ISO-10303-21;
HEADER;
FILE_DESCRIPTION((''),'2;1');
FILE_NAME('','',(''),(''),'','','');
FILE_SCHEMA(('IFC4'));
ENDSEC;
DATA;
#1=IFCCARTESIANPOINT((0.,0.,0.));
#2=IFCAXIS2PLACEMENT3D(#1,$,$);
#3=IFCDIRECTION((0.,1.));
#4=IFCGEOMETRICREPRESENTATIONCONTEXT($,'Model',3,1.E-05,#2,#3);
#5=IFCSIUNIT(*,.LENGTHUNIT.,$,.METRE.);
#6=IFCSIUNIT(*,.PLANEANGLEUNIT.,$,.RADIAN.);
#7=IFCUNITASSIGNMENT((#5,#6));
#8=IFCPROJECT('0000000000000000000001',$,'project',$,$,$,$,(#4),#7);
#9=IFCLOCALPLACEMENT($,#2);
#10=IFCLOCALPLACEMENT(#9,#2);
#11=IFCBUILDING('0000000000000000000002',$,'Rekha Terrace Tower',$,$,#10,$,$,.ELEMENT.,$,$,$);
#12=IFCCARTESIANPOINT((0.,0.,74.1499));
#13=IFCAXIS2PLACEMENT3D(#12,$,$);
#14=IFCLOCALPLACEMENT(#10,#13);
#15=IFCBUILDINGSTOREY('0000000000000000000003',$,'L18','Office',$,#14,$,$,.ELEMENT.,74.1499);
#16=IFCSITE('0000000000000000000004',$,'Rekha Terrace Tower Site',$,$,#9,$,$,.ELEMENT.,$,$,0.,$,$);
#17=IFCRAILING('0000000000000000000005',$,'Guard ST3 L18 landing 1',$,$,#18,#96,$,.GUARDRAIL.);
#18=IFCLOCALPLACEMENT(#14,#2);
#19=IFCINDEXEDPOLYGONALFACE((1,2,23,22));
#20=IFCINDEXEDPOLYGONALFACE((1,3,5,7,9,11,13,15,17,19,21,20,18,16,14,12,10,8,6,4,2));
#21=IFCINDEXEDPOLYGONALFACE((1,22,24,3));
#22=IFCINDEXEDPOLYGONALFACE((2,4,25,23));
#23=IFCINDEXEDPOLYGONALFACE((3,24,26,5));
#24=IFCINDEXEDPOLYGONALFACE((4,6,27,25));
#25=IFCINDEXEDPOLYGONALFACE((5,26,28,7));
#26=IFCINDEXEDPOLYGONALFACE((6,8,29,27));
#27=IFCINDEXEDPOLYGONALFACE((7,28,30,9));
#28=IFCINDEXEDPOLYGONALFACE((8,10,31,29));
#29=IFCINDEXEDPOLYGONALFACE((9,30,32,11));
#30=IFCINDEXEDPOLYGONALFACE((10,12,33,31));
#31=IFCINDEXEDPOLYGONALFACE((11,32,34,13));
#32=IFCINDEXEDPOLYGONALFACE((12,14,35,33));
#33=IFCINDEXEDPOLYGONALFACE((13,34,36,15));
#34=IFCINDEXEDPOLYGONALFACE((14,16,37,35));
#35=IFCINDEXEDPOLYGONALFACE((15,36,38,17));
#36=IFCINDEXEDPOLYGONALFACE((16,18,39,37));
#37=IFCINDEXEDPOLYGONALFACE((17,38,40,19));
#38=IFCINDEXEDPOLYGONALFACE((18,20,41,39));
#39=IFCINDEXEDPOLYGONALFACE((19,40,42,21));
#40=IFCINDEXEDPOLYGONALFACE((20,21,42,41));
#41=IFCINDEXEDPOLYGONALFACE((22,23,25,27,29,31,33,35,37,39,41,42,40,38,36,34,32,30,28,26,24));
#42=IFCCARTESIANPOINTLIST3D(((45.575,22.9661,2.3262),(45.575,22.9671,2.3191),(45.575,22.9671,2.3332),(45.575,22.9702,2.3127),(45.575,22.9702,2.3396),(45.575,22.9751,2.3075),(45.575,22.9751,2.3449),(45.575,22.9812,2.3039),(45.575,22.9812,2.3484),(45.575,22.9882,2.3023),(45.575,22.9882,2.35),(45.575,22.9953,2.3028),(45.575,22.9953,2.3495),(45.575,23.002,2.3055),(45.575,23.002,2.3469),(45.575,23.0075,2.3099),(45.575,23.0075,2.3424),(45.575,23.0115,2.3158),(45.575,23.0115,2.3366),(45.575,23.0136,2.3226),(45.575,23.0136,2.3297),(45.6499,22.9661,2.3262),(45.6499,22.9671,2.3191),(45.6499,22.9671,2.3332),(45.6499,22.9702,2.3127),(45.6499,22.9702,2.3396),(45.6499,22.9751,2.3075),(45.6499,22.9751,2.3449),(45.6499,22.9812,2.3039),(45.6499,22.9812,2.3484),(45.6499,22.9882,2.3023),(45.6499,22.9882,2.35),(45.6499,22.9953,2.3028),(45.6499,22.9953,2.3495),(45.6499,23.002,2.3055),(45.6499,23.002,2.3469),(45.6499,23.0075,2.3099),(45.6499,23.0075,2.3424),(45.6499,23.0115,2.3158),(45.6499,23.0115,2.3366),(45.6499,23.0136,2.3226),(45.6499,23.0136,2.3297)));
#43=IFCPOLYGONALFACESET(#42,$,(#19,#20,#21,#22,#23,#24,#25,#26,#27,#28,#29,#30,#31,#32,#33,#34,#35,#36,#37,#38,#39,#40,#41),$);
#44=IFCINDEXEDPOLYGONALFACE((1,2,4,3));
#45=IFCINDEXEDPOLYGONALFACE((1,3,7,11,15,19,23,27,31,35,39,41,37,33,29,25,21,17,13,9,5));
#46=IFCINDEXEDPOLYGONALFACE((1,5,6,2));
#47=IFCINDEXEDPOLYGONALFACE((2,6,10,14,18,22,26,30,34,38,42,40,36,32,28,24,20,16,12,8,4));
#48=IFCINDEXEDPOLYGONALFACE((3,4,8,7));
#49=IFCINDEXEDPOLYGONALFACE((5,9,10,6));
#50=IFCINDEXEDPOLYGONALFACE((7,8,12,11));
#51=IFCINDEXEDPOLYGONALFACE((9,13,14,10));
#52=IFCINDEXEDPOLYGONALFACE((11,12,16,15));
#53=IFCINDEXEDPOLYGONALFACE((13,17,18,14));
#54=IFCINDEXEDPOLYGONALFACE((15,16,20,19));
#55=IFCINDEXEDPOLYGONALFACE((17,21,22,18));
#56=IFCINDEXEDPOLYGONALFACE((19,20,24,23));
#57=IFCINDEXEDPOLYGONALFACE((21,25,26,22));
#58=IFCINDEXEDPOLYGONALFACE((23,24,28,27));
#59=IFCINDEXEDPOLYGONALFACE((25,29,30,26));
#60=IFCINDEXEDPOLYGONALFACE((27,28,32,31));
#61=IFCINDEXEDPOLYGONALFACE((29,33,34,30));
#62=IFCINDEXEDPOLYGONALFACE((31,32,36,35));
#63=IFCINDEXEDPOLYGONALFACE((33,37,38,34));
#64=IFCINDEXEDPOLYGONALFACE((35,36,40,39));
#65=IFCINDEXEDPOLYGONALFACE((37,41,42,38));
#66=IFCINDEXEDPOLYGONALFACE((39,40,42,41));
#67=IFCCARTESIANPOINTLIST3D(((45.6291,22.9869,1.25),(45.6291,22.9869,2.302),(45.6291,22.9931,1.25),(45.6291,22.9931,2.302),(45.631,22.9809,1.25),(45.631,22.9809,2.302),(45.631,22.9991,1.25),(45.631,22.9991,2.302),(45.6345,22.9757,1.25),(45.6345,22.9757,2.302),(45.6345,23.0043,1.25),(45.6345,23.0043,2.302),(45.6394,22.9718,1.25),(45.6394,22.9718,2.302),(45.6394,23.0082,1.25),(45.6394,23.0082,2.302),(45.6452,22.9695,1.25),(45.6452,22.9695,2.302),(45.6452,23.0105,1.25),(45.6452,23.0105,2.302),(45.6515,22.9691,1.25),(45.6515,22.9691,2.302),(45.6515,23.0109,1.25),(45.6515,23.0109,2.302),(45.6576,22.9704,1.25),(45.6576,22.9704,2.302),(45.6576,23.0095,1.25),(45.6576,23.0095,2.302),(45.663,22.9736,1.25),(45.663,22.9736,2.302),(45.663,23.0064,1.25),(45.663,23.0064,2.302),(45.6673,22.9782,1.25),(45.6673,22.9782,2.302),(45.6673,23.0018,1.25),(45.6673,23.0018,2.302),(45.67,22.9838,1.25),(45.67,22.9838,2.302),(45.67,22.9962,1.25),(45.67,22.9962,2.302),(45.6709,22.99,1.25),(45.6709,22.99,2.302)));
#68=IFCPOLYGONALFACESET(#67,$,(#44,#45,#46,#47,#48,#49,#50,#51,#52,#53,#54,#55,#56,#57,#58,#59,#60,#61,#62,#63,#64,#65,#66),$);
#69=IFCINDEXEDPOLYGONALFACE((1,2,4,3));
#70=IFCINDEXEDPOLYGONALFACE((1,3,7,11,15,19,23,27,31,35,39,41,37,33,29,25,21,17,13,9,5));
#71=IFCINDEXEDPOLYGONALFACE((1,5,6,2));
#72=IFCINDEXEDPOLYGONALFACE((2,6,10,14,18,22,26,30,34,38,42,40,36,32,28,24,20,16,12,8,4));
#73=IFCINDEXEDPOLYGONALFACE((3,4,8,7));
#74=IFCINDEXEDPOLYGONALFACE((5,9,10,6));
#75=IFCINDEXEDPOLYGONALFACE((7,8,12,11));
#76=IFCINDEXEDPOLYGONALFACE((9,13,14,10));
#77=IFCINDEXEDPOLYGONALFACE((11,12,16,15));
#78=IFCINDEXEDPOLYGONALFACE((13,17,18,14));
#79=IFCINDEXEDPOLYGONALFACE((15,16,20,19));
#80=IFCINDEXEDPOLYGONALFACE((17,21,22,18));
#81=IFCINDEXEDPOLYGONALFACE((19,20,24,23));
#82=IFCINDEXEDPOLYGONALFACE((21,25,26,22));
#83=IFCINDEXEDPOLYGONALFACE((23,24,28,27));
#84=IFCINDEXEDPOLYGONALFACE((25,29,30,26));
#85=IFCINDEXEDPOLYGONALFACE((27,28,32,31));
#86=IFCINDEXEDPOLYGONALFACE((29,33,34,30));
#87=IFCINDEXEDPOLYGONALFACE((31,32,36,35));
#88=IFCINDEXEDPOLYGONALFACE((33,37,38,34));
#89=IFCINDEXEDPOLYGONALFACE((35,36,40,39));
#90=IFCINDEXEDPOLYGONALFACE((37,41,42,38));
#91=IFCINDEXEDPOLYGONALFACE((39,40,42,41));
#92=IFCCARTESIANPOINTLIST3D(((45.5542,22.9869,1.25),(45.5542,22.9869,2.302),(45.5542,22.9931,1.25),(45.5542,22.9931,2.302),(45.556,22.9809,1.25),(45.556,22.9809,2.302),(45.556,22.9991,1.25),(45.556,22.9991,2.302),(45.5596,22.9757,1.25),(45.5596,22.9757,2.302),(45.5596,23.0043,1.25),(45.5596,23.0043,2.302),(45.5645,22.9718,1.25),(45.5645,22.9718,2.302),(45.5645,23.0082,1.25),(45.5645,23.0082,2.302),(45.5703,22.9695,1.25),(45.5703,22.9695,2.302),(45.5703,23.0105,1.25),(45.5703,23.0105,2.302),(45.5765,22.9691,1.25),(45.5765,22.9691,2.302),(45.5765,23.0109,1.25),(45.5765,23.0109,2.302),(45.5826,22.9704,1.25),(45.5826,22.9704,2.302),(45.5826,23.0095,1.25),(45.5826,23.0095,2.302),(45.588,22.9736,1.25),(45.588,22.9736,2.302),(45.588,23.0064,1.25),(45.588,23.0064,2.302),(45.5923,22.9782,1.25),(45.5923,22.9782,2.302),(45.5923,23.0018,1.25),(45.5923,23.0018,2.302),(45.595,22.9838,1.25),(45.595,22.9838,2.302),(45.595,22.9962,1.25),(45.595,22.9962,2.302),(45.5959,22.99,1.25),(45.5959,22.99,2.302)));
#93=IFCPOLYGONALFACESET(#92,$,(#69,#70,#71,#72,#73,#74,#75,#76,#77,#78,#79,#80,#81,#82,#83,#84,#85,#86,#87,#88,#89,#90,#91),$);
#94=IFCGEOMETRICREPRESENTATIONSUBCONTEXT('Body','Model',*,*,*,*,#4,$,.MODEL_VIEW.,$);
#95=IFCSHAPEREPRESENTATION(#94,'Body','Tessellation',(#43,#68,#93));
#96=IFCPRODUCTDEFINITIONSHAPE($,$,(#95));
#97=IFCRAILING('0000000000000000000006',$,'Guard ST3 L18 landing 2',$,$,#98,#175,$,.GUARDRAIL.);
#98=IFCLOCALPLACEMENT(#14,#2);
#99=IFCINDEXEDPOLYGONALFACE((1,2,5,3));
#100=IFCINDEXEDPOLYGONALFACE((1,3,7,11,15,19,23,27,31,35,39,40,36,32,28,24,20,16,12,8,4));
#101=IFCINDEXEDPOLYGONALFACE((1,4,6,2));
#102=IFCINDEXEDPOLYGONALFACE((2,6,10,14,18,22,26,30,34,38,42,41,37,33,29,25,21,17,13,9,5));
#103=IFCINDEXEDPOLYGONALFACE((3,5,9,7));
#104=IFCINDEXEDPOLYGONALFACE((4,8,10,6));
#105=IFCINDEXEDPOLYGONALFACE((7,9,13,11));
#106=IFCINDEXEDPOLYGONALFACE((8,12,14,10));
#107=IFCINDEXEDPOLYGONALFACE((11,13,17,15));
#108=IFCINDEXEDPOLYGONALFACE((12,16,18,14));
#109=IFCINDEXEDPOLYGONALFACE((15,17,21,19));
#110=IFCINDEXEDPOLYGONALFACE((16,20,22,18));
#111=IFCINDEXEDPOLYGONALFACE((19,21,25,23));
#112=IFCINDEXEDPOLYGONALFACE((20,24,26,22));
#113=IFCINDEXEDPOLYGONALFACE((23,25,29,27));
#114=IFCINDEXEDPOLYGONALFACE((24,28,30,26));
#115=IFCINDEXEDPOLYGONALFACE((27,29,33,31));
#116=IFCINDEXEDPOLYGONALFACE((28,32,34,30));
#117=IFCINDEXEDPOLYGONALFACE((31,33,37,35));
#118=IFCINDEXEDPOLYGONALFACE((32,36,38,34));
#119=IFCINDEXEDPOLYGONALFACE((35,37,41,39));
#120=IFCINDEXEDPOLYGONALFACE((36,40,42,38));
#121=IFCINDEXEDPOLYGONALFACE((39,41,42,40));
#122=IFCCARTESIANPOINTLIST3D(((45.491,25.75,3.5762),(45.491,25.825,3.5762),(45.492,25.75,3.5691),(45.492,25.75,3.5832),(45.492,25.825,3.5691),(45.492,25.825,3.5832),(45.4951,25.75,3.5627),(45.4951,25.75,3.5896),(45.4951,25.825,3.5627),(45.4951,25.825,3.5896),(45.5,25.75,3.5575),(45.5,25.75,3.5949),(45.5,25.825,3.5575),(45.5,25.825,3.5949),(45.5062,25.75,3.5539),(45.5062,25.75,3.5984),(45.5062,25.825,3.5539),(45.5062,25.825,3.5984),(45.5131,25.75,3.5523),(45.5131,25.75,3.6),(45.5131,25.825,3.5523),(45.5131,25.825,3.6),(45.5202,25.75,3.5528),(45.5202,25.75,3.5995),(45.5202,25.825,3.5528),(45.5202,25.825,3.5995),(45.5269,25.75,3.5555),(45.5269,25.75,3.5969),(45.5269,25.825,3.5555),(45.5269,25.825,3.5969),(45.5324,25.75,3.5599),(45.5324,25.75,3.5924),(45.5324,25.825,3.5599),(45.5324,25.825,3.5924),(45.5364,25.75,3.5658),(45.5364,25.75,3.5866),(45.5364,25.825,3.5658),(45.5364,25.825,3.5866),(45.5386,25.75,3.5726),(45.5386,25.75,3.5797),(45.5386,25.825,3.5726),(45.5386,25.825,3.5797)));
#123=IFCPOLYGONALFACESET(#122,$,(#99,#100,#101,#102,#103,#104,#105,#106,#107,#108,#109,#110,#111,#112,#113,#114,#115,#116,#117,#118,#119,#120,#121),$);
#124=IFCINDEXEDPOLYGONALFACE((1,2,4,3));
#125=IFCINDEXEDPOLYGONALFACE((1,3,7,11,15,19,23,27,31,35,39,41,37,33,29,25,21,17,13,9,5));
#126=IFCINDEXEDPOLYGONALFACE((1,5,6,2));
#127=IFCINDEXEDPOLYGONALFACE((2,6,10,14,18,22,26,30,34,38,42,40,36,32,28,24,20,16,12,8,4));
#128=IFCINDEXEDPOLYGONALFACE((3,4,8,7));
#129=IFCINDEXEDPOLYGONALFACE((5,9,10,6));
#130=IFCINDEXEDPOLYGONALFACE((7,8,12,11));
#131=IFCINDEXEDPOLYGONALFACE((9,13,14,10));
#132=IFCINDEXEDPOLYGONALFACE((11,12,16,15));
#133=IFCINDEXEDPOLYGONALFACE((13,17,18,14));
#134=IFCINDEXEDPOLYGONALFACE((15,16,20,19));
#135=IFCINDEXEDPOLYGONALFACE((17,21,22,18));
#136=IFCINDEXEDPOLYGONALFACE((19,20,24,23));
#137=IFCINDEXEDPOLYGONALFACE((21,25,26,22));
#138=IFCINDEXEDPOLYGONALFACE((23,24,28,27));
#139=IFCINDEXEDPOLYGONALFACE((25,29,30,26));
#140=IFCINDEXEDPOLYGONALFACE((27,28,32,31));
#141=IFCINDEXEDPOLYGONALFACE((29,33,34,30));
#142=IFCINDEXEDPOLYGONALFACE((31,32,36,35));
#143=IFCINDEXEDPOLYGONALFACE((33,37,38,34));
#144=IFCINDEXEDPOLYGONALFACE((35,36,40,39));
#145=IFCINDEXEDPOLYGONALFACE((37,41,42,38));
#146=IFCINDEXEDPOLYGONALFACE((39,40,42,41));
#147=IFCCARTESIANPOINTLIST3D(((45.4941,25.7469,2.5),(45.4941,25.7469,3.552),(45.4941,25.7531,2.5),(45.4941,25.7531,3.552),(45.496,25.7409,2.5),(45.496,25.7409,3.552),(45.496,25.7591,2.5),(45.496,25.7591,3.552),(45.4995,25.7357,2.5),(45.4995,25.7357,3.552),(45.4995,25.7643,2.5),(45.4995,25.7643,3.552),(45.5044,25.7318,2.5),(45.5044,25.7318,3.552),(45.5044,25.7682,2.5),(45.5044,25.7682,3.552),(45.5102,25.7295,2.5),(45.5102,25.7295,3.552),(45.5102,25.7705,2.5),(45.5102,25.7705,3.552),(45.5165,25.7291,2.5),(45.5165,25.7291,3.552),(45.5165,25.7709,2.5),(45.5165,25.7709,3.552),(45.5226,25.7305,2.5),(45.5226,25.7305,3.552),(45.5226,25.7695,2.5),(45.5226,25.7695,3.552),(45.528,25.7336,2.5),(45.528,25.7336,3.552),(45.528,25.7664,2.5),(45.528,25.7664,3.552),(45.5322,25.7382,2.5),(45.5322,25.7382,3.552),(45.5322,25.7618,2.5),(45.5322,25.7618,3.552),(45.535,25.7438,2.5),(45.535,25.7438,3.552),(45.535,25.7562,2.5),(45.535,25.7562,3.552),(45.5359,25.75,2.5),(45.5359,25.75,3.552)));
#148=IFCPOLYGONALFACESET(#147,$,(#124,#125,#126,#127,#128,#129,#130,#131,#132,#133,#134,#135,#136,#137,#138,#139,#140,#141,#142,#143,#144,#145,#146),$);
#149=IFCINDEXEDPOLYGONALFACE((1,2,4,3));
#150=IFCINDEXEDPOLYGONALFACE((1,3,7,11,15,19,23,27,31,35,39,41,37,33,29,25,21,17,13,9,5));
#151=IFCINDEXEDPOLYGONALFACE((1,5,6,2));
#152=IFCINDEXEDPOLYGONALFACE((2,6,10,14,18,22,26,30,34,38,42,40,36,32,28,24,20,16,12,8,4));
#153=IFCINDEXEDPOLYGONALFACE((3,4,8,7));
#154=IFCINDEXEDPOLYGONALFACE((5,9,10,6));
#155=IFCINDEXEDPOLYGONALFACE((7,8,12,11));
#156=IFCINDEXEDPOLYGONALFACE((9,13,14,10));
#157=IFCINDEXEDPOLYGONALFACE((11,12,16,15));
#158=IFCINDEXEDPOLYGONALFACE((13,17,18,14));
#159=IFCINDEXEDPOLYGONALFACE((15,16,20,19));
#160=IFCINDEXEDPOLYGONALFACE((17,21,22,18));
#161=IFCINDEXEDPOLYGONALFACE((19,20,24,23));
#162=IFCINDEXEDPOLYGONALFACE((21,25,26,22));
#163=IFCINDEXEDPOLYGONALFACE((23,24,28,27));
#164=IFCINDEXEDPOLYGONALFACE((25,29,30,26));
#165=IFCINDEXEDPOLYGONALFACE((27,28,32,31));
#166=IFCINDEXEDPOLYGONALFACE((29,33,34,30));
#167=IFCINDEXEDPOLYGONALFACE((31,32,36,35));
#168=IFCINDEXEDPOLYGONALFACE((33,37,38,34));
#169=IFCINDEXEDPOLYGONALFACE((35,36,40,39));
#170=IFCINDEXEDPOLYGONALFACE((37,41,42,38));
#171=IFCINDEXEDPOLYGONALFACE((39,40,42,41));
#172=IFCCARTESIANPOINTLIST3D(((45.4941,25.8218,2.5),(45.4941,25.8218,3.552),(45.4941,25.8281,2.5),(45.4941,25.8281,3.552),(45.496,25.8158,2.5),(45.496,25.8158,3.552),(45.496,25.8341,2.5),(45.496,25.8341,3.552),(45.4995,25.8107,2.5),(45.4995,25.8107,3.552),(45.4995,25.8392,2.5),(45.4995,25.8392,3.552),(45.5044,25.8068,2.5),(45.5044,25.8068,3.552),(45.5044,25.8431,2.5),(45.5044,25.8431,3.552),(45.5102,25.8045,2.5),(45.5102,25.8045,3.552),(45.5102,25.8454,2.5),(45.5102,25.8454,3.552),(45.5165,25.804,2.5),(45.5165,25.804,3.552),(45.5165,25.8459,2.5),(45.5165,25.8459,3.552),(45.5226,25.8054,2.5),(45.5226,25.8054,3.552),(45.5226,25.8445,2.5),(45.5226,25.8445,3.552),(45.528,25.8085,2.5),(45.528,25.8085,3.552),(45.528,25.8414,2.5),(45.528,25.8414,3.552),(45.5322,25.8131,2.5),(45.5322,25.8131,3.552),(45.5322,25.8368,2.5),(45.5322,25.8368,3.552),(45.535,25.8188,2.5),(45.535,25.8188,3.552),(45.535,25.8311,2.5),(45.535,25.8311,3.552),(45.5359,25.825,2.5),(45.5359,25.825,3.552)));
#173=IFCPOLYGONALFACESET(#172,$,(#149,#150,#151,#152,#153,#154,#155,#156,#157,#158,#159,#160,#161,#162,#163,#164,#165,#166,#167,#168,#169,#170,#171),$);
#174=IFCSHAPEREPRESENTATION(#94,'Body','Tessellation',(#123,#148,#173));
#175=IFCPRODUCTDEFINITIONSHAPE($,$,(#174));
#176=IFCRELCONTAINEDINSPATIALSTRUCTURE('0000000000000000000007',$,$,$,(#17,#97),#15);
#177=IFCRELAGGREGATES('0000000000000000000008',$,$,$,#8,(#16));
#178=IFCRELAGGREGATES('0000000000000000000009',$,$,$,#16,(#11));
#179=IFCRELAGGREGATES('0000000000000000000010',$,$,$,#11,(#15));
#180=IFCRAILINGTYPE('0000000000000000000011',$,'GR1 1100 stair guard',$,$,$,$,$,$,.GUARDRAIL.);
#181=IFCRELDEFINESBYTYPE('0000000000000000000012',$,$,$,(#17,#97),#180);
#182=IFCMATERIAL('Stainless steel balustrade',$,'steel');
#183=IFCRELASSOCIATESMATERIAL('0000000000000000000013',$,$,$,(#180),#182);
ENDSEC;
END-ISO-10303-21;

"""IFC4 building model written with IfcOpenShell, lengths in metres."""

from ifc_helpers import new_model, si_unit, direction, frame, origin, origin_2d, place, context, subcontext, project, spatial, circle, extrude, material, type_object, element, save


model = new_model("IFC4")

# Units and contexts
model_context = context("Model", 3, precision=1e-05, world=origin(), true_north=direction((0.0, 1.0)))
body_context = subcontext(model_context, "Body", "Model", "MODEL_VIEW")
ifc_project = project(units=[si_unit("LENGTHUNIT", "METRE"), si_unit("PLANEANGLEUNIT", "RADIAN")], contexts=[model_context])

# Site, building, storey
site_placement = place(None, origin())
site = spatial("IfcSite", under=ifc_project, at=site_placement, Name="Rekha Terrace Tower Site", CompositionType="ELEMENT", RefElevation=0.0)
building_placement = place(site_placement, origin())
building = spatial("IfcBuilding", under=site, at=building_placement, Name="Rekha Terrace Tower", CompositionType="ELEMENT")
storey_placement = place(building_placement, frame((0.0, 0.0, 74.1499)))
storey = spatial("IfcBuildingStorey", under=building, at=storey_placement, Name="L18", Description="Office", CompositionType="ELEMENT", Elevation=74.1499)

# Railings
ifc_material_1 = material(Name="Stainless steel balustrade", Category="steel")
railing_type_1 = type_object("IfcRailingType", Name="GR1 1100 stair guard", PredefinedType="GUARDRAIL", material=ifc_material_1)
railing_1_placement = place(storey_placement, frame((45.6499, 22.99, 1.25)))
element("IfcRailing", 1, at=railing_1_placement, inside=storey, type_object=railing_type_1, Name="Guard ST3 L18 landing 1", PredefinedType="GUARDRAIL", context=body_context, shape_type="SweptSolid", body=[
    extrude(circle(Radius=0.0239, at=origin_2d()), frame((0.0, 0.0, 1.0762), z_axis=(-1.0, 0.0, 0.0), x_axis=(0.0, -1.0, 0.0)), (0.0, 0.0, 1.0), 0.075),
    extrude(circle(Radius=0.021, at=origin_2d()), origin(), (0.0, 0.0, 1.0), 1.052),
    extrude(circle(Radius=0.021, at=origin_2d()), frame((-0.075, 0.0, 0.0)), (0.0, 0.0, 1.0), 1.052),
])
railing_2_placement = place(storey_placement, frame((45.5149, 25.75, 2.5)))
element("IfcRailing", 2, at=railing_2_placement, inside=storey, type_object=railing_type_1, Name="Guard ST3 L18 landing 2", PredefinedType="GUARDRAIL", context=body_context, shape_type="SweptSolid", body=[
    extrude(circle(Radius=0.0239, at=origin_2d()), frame((0.0, 0.0, 1.0762), z_axis=(0.0, 1.0, 0.0), x_axis=(-1.0, 0.0, 0.0)), (0.0, 0.0, 1.0), 0.075),
    extrude(circle(Radius=0.021, at=origin_2d()), origin(), (0.0, 0.0, 1.0), 1.052),
    extrude(circle(Radius=0.021, at=origin_2d()), frame((0.0, 0.075, 0.0)), (0.0, 0.0, 1.0), 1.052),
])

save(model, "model.ifc")
